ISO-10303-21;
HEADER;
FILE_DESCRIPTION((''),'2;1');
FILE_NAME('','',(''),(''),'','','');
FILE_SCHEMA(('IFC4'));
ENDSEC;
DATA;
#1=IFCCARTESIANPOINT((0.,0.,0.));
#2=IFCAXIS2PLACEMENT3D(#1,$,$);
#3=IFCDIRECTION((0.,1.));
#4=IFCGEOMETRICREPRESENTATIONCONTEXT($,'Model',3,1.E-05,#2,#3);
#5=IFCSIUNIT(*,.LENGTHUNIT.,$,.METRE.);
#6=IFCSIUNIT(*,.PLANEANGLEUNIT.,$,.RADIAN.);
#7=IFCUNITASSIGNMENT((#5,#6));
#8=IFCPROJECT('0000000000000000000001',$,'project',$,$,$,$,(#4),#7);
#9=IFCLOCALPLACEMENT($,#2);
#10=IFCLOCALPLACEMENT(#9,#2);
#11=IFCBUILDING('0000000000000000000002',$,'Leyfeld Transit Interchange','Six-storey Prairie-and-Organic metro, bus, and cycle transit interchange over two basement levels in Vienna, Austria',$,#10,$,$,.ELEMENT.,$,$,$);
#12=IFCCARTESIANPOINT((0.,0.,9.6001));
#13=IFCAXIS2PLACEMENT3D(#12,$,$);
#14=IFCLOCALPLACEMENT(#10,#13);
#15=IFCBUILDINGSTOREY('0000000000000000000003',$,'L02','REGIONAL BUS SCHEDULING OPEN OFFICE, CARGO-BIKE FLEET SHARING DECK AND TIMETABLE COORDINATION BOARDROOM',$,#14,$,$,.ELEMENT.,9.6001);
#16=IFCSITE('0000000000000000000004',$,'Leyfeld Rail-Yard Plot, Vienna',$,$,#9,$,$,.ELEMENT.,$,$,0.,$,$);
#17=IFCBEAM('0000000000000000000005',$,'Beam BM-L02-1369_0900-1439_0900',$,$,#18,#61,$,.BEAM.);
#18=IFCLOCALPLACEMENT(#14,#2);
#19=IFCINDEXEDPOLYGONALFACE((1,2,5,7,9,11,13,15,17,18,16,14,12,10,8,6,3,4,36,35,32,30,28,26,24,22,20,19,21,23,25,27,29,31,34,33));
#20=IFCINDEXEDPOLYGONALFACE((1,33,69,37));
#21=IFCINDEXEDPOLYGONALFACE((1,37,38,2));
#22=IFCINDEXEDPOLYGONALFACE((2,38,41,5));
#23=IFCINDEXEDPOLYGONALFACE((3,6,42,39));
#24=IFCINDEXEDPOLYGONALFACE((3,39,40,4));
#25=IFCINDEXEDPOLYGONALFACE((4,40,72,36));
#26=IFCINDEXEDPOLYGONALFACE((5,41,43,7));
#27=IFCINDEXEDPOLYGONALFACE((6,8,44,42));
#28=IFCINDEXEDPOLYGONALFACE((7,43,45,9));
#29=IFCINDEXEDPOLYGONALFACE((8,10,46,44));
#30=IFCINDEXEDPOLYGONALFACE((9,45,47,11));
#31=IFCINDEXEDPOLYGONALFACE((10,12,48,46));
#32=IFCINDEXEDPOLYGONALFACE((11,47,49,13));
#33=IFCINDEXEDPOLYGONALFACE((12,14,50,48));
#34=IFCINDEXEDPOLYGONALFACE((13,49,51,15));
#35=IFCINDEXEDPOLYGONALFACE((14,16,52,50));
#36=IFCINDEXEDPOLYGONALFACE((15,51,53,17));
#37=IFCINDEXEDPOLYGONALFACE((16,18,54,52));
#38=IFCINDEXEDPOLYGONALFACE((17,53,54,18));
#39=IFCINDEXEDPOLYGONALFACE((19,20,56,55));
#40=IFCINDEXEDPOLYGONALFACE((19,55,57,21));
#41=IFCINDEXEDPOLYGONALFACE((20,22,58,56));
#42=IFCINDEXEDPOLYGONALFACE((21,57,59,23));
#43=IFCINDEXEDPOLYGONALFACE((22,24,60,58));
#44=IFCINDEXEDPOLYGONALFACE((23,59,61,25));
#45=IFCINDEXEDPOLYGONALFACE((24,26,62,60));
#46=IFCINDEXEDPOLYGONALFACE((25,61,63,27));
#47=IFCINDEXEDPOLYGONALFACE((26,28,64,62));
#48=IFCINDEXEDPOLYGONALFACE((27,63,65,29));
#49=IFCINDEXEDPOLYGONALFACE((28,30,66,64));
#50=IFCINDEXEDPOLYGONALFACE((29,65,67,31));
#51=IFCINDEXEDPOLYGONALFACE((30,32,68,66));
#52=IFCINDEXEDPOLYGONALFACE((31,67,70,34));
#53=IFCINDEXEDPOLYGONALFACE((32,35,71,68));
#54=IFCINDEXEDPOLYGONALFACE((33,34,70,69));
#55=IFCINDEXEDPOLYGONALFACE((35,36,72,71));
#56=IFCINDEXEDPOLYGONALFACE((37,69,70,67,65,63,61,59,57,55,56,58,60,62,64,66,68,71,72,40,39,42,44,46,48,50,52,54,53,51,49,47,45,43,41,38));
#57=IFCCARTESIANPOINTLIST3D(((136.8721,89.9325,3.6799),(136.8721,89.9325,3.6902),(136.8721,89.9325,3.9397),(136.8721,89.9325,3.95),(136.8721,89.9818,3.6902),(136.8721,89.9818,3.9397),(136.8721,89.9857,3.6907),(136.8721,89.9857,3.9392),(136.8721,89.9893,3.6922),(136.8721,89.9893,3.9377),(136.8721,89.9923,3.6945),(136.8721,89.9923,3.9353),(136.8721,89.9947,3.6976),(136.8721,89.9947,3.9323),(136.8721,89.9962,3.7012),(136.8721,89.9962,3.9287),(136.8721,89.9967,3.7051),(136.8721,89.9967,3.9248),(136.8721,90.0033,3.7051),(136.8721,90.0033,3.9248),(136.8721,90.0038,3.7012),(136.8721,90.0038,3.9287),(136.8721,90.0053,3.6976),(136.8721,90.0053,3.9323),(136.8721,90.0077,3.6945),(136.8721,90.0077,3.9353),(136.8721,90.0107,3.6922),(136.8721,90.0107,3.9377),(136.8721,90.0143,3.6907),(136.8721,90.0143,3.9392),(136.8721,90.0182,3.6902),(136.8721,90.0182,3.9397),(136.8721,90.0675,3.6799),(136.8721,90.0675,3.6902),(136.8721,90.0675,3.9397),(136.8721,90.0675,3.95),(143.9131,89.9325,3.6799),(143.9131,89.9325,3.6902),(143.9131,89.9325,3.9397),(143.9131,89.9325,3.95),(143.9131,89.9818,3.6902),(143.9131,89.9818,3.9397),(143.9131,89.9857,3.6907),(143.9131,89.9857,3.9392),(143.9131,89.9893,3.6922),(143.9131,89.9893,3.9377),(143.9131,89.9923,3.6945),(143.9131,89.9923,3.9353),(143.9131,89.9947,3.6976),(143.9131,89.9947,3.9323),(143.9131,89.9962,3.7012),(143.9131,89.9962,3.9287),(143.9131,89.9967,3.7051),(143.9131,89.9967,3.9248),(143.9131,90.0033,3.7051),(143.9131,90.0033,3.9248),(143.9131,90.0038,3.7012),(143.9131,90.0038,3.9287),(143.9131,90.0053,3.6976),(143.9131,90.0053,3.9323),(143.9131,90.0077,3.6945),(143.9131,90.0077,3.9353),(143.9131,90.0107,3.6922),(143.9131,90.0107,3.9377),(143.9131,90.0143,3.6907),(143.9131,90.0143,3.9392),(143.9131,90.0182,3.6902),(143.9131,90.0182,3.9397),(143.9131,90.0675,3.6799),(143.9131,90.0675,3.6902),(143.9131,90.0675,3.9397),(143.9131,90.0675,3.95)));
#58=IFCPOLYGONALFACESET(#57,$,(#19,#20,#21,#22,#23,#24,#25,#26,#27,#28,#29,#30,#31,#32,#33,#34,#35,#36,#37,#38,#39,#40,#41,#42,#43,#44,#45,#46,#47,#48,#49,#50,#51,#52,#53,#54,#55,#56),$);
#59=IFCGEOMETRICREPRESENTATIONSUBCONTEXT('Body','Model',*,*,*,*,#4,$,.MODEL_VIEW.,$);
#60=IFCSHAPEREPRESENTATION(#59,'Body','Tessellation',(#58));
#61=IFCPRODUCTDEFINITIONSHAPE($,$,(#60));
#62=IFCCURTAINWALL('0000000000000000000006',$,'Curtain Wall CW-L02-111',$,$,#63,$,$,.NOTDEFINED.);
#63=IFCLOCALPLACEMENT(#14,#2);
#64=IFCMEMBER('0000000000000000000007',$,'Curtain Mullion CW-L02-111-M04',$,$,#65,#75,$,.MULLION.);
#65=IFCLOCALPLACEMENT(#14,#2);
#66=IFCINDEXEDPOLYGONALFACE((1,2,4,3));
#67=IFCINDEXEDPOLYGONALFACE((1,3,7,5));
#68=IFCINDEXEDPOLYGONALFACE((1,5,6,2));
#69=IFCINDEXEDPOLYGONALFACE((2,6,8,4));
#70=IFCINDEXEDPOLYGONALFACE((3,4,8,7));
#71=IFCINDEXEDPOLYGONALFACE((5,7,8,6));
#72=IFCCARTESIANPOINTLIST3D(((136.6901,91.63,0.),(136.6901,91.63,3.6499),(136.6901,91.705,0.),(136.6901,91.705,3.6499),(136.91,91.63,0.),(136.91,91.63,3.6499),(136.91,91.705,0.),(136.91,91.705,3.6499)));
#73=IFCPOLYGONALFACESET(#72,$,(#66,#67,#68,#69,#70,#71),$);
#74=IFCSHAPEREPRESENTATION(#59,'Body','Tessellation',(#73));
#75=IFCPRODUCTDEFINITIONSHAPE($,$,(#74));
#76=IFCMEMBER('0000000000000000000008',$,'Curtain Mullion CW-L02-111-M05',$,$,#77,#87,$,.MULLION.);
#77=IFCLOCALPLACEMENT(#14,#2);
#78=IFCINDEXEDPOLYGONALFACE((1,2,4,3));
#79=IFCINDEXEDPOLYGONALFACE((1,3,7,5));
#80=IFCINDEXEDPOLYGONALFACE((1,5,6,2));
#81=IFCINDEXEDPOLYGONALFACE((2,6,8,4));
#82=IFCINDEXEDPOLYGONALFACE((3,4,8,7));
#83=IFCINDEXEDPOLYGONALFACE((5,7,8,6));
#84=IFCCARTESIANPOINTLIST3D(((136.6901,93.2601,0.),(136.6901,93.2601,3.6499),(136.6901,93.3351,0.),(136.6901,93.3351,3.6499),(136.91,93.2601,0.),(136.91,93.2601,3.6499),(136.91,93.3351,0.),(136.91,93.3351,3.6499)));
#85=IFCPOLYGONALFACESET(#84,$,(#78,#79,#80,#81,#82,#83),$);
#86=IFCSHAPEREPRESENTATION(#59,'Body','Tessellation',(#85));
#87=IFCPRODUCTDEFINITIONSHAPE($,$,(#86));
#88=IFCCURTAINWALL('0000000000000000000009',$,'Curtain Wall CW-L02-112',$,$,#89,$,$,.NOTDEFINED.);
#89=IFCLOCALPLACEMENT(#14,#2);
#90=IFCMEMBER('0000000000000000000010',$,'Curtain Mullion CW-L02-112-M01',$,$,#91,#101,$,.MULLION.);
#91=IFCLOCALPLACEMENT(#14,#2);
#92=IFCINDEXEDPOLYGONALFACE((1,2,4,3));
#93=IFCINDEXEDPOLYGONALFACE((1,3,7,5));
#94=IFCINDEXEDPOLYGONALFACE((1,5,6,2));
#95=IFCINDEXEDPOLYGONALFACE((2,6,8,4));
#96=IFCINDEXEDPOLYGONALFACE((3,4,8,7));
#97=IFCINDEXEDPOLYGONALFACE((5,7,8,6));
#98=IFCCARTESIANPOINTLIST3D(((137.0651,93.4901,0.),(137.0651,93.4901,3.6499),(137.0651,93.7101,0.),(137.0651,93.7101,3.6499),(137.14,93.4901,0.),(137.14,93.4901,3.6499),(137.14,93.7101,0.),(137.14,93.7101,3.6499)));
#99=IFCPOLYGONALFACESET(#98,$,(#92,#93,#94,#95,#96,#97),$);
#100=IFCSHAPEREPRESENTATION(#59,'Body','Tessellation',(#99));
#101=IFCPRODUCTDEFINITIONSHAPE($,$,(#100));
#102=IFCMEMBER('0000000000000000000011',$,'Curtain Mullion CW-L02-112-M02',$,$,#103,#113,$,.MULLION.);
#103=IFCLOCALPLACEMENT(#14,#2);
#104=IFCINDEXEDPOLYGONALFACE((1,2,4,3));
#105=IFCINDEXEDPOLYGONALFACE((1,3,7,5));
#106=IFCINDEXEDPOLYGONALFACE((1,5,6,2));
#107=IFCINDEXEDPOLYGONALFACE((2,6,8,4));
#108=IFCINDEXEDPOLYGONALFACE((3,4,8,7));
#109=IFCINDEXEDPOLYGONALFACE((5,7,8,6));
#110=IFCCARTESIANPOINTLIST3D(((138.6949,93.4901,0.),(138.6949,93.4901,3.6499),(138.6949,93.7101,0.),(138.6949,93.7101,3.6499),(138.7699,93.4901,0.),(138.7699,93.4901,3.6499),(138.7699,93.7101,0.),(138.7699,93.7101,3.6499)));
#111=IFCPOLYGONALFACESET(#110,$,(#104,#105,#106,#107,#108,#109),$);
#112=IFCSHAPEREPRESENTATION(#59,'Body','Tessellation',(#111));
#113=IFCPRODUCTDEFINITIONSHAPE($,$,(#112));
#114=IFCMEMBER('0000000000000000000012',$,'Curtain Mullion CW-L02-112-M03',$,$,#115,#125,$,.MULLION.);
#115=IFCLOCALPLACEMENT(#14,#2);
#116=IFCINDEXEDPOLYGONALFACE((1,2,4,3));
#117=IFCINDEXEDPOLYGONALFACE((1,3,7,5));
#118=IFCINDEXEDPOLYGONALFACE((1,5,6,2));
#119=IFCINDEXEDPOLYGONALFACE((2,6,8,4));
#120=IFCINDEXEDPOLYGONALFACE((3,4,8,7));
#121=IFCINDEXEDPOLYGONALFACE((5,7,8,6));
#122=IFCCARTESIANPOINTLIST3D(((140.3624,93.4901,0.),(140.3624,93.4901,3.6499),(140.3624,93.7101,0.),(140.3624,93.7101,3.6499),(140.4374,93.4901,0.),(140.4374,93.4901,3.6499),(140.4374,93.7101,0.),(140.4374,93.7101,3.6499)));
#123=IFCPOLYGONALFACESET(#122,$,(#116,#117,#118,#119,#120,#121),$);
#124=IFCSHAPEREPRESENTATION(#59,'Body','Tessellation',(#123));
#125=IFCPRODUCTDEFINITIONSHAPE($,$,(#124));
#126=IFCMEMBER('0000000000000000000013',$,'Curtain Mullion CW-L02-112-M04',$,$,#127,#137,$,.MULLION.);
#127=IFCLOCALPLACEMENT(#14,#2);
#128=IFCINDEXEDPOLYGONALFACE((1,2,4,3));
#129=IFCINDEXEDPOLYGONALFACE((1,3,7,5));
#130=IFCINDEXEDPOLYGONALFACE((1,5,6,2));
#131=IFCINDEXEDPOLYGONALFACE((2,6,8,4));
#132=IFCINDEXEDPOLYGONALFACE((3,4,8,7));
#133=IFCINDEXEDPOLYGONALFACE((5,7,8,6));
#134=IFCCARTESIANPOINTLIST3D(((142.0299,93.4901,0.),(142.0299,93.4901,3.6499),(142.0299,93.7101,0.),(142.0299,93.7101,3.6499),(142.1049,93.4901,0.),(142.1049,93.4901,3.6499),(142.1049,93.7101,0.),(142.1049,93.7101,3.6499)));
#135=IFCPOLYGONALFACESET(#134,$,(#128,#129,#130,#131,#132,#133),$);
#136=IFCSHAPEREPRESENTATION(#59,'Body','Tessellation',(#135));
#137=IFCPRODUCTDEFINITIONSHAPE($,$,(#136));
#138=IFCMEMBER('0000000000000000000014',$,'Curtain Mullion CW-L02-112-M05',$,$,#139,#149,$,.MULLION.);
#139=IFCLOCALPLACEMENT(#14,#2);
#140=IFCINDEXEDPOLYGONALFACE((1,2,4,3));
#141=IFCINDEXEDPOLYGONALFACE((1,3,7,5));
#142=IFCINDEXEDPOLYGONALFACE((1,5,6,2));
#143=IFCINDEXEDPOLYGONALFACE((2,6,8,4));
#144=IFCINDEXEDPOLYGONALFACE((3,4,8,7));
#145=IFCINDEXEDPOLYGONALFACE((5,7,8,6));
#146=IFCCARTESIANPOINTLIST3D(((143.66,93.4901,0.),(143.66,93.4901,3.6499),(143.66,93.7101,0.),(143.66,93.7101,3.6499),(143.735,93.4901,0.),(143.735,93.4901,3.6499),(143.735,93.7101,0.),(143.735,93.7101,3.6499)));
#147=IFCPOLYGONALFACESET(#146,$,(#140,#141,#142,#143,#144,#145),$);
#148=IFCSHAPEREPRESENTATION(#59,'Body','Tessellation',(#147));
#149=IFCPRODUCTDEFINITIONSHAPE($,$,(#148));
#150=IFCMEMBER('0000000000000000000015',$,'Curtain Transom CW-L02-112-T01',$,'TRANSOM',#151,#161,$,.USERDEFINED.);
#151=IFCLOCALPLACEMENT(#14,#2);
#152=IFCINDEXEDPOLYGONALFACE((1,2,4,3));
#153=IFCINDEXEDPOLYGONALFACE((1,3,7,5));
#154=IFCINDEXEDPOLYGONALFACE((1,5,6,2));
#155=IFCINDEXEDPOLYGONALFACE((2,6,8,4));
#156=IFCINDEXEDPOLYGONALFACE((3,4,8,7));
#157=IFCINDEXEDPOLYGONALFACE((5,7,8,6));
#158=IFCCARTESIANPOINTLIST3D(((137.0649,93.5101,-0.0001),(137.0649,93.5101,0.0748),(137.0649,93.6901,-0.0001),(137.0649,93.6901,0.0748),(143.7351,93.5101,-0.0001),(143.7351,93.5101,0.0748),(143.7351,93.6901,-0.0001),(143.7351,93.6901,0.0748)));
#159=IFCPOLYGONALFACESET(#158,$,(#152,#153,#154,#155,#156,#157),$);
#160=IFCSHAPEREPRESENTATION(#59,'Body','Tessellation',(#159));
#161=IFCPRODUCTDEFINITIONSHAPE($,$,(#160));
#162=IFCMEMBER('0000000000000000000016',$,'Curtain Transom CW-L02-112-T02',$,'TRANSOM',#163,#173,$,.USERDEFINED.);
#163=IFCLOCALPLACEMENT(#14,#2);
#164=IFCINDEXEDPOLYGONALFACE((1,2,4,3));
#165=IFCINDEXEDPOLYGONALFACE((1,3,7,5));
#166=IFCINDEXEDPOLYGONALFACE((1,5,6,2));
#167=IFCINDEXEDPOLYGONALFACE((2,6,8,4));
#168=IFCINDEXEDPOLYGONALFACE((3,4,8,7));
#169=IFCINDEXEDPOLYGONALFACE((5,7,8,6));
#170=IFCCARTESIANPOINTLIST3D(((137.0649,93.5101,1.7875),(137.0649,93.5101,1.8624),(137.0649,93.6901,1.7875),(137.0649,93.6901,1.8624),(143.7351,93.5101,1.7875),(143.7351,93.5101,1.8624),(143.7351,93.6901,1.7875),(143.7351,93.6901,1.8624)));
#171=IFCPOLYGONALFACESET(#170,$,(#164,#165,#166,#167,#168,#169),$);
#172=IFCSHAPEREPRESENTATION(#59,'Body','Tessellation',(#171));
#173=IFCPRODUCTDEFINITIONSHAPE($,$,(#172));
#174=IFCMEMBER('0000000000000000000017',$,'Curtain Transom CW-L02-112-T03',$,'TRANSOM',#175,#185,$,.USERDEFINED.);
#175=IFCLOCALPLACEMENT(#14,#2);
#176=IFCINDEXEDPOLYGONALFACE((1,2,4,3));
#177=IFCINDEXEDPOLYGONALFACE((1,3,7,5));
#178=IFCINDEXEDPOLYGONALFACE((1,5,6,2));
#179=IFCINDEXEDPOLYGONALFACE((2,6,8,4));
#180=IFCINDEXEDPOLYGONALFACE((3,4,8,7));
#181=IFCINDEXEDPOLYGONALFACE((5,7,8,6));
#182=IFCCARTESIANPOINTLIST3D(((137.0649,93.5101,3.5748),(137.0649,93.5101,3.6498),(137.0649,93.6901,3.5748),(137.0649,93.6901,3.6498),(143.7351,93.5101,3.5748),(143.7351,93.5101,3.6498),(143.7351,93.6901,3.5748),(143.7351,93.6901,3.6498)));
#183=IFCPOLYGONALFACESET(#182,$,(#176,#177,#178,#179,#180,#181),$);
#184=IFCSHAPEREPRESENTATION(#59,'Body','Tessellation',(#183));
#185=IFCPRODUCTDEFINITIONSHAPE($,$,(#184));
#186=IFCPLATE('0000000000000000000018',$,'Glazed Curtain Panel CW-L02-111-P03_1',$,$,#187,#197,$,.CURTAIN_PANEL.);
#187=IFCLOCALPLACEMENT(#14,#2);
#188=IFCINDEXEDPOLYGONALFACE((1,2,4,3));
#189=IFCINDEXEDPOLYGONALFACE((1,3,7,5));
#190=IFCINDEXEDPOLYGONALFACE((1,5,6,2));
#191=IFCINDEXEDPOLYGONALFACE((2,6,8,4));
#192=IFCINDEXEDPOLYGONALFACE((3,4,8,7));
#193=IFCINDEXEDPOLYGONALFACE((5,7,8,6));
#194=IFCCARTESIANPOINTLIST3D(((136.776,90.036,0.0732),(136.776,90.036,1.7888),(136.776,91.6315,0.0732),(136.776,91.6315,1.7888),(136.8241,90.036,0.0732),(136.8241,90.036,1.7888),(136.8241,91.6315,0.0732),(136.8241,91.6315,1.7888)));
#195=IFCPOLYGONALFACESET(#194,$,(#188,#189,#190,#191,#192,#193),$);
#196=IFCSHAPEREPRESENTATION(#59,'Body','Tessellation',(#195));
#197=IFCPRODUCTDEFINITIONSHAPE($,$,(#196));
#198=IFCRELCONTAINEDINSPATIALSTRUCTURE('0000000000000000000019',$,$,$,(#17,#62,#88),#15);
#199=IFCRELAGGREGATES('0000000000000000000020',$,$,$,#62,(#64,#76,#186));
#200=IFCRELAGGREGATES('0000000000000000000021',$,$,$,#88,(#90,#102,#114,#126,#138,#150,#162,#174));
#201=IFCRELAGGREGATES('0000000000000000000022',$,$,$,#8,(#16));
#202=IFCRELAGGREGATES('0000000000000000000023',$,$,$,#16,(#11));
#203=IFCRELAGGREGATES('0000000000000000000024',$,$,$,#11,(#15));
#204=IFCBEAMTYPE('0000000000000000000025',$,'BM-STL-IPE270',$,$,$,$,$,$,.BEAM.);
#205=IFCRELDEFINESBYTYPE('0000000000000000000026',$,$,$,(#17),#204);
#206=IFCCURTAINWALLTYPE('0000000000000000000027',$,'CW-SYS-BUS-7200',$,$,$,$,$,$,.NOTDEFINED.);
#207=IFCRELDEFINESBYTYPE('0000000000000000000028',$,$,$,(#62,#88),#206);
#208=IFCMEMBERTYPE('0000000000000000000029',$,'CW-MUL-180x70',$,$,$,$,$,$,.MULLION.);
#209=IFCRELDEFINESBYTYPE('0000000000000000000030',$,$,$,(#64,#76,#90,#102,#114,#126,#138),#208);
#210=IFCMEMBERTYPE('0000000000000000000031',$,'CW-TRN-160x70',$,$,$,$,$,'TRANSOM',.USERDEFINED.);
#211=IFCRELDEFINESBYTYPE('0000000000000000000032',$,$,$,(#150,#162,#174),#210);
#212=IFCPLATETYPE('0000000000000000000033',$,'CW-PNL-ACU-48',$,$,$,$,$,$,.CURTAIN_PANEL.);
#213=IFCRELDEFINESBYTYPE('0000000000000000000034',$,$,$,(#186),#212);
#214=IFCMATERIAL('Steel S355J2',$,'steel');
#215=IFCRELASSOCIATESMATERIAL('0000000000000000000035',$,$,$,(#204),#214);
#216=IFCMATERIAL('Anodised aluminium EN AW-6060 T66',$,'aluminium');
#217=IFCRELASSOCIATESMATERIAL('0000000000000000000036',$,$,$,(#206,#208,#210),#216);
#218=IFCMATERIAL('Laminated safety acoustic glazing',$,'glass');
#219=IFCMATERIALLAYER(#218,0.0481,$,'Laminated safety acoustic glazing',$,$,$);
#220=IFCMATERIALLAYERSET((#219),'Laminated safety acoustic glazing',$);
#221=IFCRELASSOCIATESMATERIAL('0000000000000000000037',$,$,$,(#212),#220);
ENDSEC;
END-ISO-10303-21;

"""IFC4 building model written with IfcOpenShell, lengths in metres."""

from ifc_helpers import new_model, si_unit, direction, frame, origin, origin_2d, place, context, subcontext, project, spatial, rectangle, i_section, extrude, material, layer, layer_set, material_profile, profile_set, type_object, element, aggregate, save


model = new_model("IFC4")

# Units and contexts
model_context = context("Model", 3, precision=1e-05, world=origin(), true_north=direction((0.0, 1.0)))
body_context = subcontext(model_context, "Body", "Model", "MODEL_VIEW")
ifc_project = project(units=[si_unit("LENGTHUNIT", "METRE"), si_unit("PLANEANGLEUNIT", "RADIAN")], contexts=[model_context])

# Site, building, storey
site_placement = place(None, origin())
site = spatial("IfcSite", under=ifc_project, at=site_placement, Name="Leyfeld Rail-Yard Plot, Vienna", CompositionType="ELEMENT", RefElevation=0.0)
building_placement = place(site_placement, origin())
building = spatial("IfcBuilding", under=site, at=building_placement, Name="Leyfeld Transit Interchange", Description="Six-storey Prairie-and-Organic metro, bus, and cycle transit interchange over two basement levels in Vienna, Austria", CompositionType="ELEMENT")
storey_placement = place(building_placement, frame((0.0, 0.0, 9.6001)))
storey = spatial("IfcBuildingStorey", under=building, at=storey_placement, Name="L02", Description="REGIONAL BUS SCHEDULING OPEN OFFICE, CARGO-BIKE FLEET SHARING DECK AND TIMETABLE COORDINATION BOARDROOM", CompositionType="ELEMENT", Elevation=9.6001)

# Beam
ifc_material_1 = material(Name="Steel S355J2", Category="steel")
ifc_material_profile_1 = material_profile(ifc_material_1, i_section(OverallWidth=0.135, OverallDepth=0.27, WebThickness=0.0066, FlangeThickness=0.0103, FilletRadius=0.0149, at=origin_2d()), Name="IPE 270")
ifc_profile_set_1 = profile_set([ifc_material_profile_1], Name="Steel S355J2")
beam_type = type_object("IfcBeamType", Name="BM-STL-IPE270", PredefinedType="BEAM", material=ifc_profile_set_1)
beam_placement = place(storey_placement, frame((136.8721, 90.0, 3.8149), z_axis=(1.0, 0.0, 0.0), x_axis=(0.0, 1.0, 0.0)))
element("IfcBeam", 1, at=beam_placement, inside=storey, type_object=beam_type, Name="Beam BM-L02-1369_0900-1439_0900", PredefinedType="BEAM", context=body_context, shape_type="SweptSolid", body=[
    extrude(i_section(OverallWidth=0.135, OverallDepth=0.27, WebThickness=0.0066, FlangeThickness=0.0103, FilletRadius=0.0149, at=origin_2d()), origin(), (0.0, 0.0, 1.0), 7.041),
])

# Curtain walls, members
ifc_material_2 = material(Name="Anodised aluminium EN AW-6060 T66", Category="aluminium")
curtain_wall_type = type_object("IfcCurtainWallType", Name="CW-SYS-BUS-7200", PredefinedType="NOTDEFINED", material=ifc_material_2)
curtain_wall_1_placement = place(storey_placement, origin())
curtain_wall_1 = element("IfcCurtainWall", 2, at=curtain_wall_1_placement, inside=storey, type_object=curtain_wall_type, Name="Curtain Wall CW-L02-111", PredefinedType="NOTDEFINED")
ifc_material_profile_2 = material_profile(ifc_material_2, rectangle(XDim=0.075, YDim=0.22, at=origin_2d()), Name="CW-M 75x220")
ifc_profile_set_2 = profile_set([ifc_material_profile_2], Name="Anodised aluminium EN AW-6060 T66")
member_type_1 = type_object("IfcMemberType", Name="CW-MUL-180x70", PredefinedType="MULLION", material=ifc_profile_set_2)
member_1_placement = place(storey_placement, frame((136.8, 91.6675, 0.0), z_axis=(0.0, 0.0, 1.0), x_axis=(0.0, 1.0, 0.0)))
member_1 = element("IfcMember", 3, at=member_1_placement, type_object=member_type_1, Name="Curtain Mullion CW-L02-111-M04", PredefinedType="MULLION", context=body_context, shape_type="SweptSolid", body=[
    extrude(rectangle(XDim=0.075, YDim=0.22, at=origin_2d()), origin(), (0.0, 0.0, 1.0), 3.6499),
])
member_2_placement = place(storey_placement, frame((136.8, 93.2976, 0.0), z_axis=(0.0, 0.0, 1.0), x_axis=(0.0, 1.0, 0.0)))
member_2 = element("IfcMember", 4, at=member_2_placement, type_object=member_type_1, Name="Curtain Mullion CW-L02-111-M05", PredefinedType="MULLION", context=body_context, shape_type="SweptSolid", body=[
    extrude(rectangle(XDim=0.075, YDim=0.22, at=origin_2d()), origin(), (0.0, 0.0, 1.0), 3.6499),
])
curtain_wall_2_placement = place(storey_placement, origin())
curtain_wall_2 = element("IfcCurtainWall", 5, at=curtain_wall_2_placement, inside=storey, type_object=curtain_wall_type, Name="Curtain Wall CW-L02-112", PredefinedType="NOTDEFINED")
member_3_placement = place(storey_placement, frame((137.1025, 93.6001, 0.0), z_axis=(0.0, 0.0, 1.0), x_axis=(1.0, 0.0, 0.0)))
member_3 = element("IfcMember", 6, at=member_3_placement, type_object=member_type_1, Name="Curtain Mullion CW-L02-112-M01", PredefinedType="MULLION", context=body_context, shape_type="SweptSolid", body=[
    extrude(rectangle(XDim=0.075, YDim=0.22, at=origin_2d()), origin(), (0.0, 0.0, 1.0), 3.6499),
])
member_4_placement = place(storey_placement, frame((138.7324, 93.6001, 0.0), z_axis=(0.0, 0.0, 1.0), x_axis=(1.0, 0.0, 0.0)))
member_4 = element("IfcMember", 7, at=member_4_placement, type_object=member_type_1, Name="Curtain Mullion CW-L02-112-M02", PredefinedType="MULLION", context=body_context, shape_type="SweptSolid", body=[
    extrude(rectangle(XDim=0.075, YDim=0.22, at=origin_2d()), origin(), (0.0, 0.0, 1.0), 3.6499),
])
member_5_placement = place(storey_placement, frame((140.3999, 93.6001, 0.0), z_axis=(0.0, 0.0, 1.0), x_axis=(1.0, 0.0, 0.0)))
member_5 = element("IfcMember", 8, at=member_5_placement, type_object=member_type_1, Name="Curtain Mullion CW-L02-112-M03", PredefinedType="MULLION", context=body_context, shape_type="SweptSolid", body=[
    extrude(rectangle(XDim=0.075, YDim=0.22, at=origin_2d()), origin(), (0.0, 0.0, 1.0), 3.6499),
])
member_6_placement = place(storey_placement, frame((142.0674, 93.6001, 0.0), z_axis=(0.0, 0.0, 1.0), x_axis=(1.0, 0.0, 0.0)))
member_6 = element("IfcMember", 9, at=member_6_placement, type_object=member_type_1, Name="Curtain Mullion CW-L02-112-M04", PredefinedType="MULLION", context=body_context, shape_type="SweptSolid", body=[
    extrude(rectangle(XDim=0.075, YDim=0.22, at=origin_2d()), origin(), (0.0, 0.0, 1.0), 3.6499),
])
member_7_placement = place(storey_placement, frame((143.6975, 93.6001, 0.0), z_axis=(0.0, 0.0, 1.0), x_axis=(1.0, 0.0, 0.0)))
member_7 = element("IfcMember", 10, at=member_7_placement, type_object=member_type_1, Name="Curtain Mullion CW-L02-112-M05", PredefinedType="MULLION", context=body_context, shape_type="SweptSolid", body=[
    extrude(rectangle(XDim=0.075, YDim=0.22, at=origin_2d()), origin(), (0.0, 0.0, 1.0), 3.6499),
])
ifc_material_profile_3 = material_profile(ifc_material_2, rectangle(XDim=0.1799, YDim=0.075, at=origin_2d()), Name="CW-TRN-160x70")
ifc_profile_set_3 = profile_set([ifc_material_profile_3], Name="Anodised aluminium EN AW-6060 T66")
member_type_2 = type_object("IfcMemberType", Name="CW-TRN-160x70", ElementType="TRANSOM", PredefinedType="USERDEFINED", material=ifc_profile_set_3)
member_8_placement = place(storey_placement, frame((137.0649, 93.6001, 0.0374), z_axis=(1.0, 0.0, 0.0), x_axis=(0.0, 1.0, 0.0)))
member_8 = element("IfcMember", 11, at=member_8_placement, type_object=member_type_2, Name="Curtain Transom CW-L02-112-T01", ObjectType="TRANSOM", PredefinedType="USERDEFINED", context=body_context, shape_type="SweptSolid", body=[
    extrude(rectangle(XDim=0.1799, YDim=0.075, at=origin_2d()), origin(), (0.0, 0.0, 1.0), 6.6702),
])
member_9_placement = place(storey_placement, frame((137.0649, 93.6001, 1.825), z_axis=(1.0, 0.0, 0.0), x_axis=(0.0, 1.0, 0.0)))
member_9 = element("IfcMember", 12, at=member_9_placement, type_object=member_type_2, Name="Curtain Transom CW-L02-112-T02", ObjectType="TRANSOM", PredefinedType="USERDEFINED", context=body_context, shape_type="SweptSolid", body=[
    extrude(rectangle(XDim=0.1799, YDim=0.075, at=origin_2d()), origin(), (0.0, 0.0, 1.0), 6.6702),
])
member_10_placement = place(storey_placement, frame((137.0649, 93.6001, 3.6123), z_axis=(1.0, 0.0, 0.0), x_axis=(0.0, 1.0, 0.0)))
member_10 = element("IfcMember", 13, at=member_10_placement, type_object=member_type_2, Name="Curtain Transom CW-L02-112-T03", ObjectType="TRANSOM", PredefinedType="USERDEFINED", context=body_context, shape_type="SweptSolid", body=[
    extrude(rectangle(XDim=0.1799, YDim=0.075, at=origin_2d()), origin(), (0.0, 0.0, 1.0), 6.6702),
])

# Plate
ifc_material_3 = material(Name="Laminated safety acoustic glazing", Category="glass")
ifc_layer = layer(ifc_material_3, 0.0481, Name="Laminated safety acoustic glazing")
ifc_layer_set = layer_set([ifc_layer], Name="Laminated safety acoustic glazing")
plate_type = type_object("IfcPlateType", Name="CW-PNL-ACU-48", PredefinedType="CURTAIN_PANEL", material=ifc_layer_set)
plate_1_placement = place(storey_placement, frame((136.8, 90.8337, 0.0732), z_axis=(0.0, 0.0, 1.0), x_axis=(0.0, 1.0, 0.0)))
plate_1 = element("IfcPlate", 14, at=plate_1_placement, type_object=plate_type, Name="Glazed Curtain Panel CW-L02-111-P03_1", PredefinedType="CURTAIN_PANEL", context=body_context, shape_type="SweptSolid", body=[
    extrude(rectangle(XDim=1.5955, YDim=0.0481, at=origin_2d()), origin(), (0.0, 0.0, 1.0), 1.7156),
])
aggregate(curtain_wall_1, [member_1, member_2, plate_1])
aggregate(curtain_wall_2, [member_3, member_4, member_5, member_6, member_7, member_8, member_9, member_10])

save(model, "model.ifc")
